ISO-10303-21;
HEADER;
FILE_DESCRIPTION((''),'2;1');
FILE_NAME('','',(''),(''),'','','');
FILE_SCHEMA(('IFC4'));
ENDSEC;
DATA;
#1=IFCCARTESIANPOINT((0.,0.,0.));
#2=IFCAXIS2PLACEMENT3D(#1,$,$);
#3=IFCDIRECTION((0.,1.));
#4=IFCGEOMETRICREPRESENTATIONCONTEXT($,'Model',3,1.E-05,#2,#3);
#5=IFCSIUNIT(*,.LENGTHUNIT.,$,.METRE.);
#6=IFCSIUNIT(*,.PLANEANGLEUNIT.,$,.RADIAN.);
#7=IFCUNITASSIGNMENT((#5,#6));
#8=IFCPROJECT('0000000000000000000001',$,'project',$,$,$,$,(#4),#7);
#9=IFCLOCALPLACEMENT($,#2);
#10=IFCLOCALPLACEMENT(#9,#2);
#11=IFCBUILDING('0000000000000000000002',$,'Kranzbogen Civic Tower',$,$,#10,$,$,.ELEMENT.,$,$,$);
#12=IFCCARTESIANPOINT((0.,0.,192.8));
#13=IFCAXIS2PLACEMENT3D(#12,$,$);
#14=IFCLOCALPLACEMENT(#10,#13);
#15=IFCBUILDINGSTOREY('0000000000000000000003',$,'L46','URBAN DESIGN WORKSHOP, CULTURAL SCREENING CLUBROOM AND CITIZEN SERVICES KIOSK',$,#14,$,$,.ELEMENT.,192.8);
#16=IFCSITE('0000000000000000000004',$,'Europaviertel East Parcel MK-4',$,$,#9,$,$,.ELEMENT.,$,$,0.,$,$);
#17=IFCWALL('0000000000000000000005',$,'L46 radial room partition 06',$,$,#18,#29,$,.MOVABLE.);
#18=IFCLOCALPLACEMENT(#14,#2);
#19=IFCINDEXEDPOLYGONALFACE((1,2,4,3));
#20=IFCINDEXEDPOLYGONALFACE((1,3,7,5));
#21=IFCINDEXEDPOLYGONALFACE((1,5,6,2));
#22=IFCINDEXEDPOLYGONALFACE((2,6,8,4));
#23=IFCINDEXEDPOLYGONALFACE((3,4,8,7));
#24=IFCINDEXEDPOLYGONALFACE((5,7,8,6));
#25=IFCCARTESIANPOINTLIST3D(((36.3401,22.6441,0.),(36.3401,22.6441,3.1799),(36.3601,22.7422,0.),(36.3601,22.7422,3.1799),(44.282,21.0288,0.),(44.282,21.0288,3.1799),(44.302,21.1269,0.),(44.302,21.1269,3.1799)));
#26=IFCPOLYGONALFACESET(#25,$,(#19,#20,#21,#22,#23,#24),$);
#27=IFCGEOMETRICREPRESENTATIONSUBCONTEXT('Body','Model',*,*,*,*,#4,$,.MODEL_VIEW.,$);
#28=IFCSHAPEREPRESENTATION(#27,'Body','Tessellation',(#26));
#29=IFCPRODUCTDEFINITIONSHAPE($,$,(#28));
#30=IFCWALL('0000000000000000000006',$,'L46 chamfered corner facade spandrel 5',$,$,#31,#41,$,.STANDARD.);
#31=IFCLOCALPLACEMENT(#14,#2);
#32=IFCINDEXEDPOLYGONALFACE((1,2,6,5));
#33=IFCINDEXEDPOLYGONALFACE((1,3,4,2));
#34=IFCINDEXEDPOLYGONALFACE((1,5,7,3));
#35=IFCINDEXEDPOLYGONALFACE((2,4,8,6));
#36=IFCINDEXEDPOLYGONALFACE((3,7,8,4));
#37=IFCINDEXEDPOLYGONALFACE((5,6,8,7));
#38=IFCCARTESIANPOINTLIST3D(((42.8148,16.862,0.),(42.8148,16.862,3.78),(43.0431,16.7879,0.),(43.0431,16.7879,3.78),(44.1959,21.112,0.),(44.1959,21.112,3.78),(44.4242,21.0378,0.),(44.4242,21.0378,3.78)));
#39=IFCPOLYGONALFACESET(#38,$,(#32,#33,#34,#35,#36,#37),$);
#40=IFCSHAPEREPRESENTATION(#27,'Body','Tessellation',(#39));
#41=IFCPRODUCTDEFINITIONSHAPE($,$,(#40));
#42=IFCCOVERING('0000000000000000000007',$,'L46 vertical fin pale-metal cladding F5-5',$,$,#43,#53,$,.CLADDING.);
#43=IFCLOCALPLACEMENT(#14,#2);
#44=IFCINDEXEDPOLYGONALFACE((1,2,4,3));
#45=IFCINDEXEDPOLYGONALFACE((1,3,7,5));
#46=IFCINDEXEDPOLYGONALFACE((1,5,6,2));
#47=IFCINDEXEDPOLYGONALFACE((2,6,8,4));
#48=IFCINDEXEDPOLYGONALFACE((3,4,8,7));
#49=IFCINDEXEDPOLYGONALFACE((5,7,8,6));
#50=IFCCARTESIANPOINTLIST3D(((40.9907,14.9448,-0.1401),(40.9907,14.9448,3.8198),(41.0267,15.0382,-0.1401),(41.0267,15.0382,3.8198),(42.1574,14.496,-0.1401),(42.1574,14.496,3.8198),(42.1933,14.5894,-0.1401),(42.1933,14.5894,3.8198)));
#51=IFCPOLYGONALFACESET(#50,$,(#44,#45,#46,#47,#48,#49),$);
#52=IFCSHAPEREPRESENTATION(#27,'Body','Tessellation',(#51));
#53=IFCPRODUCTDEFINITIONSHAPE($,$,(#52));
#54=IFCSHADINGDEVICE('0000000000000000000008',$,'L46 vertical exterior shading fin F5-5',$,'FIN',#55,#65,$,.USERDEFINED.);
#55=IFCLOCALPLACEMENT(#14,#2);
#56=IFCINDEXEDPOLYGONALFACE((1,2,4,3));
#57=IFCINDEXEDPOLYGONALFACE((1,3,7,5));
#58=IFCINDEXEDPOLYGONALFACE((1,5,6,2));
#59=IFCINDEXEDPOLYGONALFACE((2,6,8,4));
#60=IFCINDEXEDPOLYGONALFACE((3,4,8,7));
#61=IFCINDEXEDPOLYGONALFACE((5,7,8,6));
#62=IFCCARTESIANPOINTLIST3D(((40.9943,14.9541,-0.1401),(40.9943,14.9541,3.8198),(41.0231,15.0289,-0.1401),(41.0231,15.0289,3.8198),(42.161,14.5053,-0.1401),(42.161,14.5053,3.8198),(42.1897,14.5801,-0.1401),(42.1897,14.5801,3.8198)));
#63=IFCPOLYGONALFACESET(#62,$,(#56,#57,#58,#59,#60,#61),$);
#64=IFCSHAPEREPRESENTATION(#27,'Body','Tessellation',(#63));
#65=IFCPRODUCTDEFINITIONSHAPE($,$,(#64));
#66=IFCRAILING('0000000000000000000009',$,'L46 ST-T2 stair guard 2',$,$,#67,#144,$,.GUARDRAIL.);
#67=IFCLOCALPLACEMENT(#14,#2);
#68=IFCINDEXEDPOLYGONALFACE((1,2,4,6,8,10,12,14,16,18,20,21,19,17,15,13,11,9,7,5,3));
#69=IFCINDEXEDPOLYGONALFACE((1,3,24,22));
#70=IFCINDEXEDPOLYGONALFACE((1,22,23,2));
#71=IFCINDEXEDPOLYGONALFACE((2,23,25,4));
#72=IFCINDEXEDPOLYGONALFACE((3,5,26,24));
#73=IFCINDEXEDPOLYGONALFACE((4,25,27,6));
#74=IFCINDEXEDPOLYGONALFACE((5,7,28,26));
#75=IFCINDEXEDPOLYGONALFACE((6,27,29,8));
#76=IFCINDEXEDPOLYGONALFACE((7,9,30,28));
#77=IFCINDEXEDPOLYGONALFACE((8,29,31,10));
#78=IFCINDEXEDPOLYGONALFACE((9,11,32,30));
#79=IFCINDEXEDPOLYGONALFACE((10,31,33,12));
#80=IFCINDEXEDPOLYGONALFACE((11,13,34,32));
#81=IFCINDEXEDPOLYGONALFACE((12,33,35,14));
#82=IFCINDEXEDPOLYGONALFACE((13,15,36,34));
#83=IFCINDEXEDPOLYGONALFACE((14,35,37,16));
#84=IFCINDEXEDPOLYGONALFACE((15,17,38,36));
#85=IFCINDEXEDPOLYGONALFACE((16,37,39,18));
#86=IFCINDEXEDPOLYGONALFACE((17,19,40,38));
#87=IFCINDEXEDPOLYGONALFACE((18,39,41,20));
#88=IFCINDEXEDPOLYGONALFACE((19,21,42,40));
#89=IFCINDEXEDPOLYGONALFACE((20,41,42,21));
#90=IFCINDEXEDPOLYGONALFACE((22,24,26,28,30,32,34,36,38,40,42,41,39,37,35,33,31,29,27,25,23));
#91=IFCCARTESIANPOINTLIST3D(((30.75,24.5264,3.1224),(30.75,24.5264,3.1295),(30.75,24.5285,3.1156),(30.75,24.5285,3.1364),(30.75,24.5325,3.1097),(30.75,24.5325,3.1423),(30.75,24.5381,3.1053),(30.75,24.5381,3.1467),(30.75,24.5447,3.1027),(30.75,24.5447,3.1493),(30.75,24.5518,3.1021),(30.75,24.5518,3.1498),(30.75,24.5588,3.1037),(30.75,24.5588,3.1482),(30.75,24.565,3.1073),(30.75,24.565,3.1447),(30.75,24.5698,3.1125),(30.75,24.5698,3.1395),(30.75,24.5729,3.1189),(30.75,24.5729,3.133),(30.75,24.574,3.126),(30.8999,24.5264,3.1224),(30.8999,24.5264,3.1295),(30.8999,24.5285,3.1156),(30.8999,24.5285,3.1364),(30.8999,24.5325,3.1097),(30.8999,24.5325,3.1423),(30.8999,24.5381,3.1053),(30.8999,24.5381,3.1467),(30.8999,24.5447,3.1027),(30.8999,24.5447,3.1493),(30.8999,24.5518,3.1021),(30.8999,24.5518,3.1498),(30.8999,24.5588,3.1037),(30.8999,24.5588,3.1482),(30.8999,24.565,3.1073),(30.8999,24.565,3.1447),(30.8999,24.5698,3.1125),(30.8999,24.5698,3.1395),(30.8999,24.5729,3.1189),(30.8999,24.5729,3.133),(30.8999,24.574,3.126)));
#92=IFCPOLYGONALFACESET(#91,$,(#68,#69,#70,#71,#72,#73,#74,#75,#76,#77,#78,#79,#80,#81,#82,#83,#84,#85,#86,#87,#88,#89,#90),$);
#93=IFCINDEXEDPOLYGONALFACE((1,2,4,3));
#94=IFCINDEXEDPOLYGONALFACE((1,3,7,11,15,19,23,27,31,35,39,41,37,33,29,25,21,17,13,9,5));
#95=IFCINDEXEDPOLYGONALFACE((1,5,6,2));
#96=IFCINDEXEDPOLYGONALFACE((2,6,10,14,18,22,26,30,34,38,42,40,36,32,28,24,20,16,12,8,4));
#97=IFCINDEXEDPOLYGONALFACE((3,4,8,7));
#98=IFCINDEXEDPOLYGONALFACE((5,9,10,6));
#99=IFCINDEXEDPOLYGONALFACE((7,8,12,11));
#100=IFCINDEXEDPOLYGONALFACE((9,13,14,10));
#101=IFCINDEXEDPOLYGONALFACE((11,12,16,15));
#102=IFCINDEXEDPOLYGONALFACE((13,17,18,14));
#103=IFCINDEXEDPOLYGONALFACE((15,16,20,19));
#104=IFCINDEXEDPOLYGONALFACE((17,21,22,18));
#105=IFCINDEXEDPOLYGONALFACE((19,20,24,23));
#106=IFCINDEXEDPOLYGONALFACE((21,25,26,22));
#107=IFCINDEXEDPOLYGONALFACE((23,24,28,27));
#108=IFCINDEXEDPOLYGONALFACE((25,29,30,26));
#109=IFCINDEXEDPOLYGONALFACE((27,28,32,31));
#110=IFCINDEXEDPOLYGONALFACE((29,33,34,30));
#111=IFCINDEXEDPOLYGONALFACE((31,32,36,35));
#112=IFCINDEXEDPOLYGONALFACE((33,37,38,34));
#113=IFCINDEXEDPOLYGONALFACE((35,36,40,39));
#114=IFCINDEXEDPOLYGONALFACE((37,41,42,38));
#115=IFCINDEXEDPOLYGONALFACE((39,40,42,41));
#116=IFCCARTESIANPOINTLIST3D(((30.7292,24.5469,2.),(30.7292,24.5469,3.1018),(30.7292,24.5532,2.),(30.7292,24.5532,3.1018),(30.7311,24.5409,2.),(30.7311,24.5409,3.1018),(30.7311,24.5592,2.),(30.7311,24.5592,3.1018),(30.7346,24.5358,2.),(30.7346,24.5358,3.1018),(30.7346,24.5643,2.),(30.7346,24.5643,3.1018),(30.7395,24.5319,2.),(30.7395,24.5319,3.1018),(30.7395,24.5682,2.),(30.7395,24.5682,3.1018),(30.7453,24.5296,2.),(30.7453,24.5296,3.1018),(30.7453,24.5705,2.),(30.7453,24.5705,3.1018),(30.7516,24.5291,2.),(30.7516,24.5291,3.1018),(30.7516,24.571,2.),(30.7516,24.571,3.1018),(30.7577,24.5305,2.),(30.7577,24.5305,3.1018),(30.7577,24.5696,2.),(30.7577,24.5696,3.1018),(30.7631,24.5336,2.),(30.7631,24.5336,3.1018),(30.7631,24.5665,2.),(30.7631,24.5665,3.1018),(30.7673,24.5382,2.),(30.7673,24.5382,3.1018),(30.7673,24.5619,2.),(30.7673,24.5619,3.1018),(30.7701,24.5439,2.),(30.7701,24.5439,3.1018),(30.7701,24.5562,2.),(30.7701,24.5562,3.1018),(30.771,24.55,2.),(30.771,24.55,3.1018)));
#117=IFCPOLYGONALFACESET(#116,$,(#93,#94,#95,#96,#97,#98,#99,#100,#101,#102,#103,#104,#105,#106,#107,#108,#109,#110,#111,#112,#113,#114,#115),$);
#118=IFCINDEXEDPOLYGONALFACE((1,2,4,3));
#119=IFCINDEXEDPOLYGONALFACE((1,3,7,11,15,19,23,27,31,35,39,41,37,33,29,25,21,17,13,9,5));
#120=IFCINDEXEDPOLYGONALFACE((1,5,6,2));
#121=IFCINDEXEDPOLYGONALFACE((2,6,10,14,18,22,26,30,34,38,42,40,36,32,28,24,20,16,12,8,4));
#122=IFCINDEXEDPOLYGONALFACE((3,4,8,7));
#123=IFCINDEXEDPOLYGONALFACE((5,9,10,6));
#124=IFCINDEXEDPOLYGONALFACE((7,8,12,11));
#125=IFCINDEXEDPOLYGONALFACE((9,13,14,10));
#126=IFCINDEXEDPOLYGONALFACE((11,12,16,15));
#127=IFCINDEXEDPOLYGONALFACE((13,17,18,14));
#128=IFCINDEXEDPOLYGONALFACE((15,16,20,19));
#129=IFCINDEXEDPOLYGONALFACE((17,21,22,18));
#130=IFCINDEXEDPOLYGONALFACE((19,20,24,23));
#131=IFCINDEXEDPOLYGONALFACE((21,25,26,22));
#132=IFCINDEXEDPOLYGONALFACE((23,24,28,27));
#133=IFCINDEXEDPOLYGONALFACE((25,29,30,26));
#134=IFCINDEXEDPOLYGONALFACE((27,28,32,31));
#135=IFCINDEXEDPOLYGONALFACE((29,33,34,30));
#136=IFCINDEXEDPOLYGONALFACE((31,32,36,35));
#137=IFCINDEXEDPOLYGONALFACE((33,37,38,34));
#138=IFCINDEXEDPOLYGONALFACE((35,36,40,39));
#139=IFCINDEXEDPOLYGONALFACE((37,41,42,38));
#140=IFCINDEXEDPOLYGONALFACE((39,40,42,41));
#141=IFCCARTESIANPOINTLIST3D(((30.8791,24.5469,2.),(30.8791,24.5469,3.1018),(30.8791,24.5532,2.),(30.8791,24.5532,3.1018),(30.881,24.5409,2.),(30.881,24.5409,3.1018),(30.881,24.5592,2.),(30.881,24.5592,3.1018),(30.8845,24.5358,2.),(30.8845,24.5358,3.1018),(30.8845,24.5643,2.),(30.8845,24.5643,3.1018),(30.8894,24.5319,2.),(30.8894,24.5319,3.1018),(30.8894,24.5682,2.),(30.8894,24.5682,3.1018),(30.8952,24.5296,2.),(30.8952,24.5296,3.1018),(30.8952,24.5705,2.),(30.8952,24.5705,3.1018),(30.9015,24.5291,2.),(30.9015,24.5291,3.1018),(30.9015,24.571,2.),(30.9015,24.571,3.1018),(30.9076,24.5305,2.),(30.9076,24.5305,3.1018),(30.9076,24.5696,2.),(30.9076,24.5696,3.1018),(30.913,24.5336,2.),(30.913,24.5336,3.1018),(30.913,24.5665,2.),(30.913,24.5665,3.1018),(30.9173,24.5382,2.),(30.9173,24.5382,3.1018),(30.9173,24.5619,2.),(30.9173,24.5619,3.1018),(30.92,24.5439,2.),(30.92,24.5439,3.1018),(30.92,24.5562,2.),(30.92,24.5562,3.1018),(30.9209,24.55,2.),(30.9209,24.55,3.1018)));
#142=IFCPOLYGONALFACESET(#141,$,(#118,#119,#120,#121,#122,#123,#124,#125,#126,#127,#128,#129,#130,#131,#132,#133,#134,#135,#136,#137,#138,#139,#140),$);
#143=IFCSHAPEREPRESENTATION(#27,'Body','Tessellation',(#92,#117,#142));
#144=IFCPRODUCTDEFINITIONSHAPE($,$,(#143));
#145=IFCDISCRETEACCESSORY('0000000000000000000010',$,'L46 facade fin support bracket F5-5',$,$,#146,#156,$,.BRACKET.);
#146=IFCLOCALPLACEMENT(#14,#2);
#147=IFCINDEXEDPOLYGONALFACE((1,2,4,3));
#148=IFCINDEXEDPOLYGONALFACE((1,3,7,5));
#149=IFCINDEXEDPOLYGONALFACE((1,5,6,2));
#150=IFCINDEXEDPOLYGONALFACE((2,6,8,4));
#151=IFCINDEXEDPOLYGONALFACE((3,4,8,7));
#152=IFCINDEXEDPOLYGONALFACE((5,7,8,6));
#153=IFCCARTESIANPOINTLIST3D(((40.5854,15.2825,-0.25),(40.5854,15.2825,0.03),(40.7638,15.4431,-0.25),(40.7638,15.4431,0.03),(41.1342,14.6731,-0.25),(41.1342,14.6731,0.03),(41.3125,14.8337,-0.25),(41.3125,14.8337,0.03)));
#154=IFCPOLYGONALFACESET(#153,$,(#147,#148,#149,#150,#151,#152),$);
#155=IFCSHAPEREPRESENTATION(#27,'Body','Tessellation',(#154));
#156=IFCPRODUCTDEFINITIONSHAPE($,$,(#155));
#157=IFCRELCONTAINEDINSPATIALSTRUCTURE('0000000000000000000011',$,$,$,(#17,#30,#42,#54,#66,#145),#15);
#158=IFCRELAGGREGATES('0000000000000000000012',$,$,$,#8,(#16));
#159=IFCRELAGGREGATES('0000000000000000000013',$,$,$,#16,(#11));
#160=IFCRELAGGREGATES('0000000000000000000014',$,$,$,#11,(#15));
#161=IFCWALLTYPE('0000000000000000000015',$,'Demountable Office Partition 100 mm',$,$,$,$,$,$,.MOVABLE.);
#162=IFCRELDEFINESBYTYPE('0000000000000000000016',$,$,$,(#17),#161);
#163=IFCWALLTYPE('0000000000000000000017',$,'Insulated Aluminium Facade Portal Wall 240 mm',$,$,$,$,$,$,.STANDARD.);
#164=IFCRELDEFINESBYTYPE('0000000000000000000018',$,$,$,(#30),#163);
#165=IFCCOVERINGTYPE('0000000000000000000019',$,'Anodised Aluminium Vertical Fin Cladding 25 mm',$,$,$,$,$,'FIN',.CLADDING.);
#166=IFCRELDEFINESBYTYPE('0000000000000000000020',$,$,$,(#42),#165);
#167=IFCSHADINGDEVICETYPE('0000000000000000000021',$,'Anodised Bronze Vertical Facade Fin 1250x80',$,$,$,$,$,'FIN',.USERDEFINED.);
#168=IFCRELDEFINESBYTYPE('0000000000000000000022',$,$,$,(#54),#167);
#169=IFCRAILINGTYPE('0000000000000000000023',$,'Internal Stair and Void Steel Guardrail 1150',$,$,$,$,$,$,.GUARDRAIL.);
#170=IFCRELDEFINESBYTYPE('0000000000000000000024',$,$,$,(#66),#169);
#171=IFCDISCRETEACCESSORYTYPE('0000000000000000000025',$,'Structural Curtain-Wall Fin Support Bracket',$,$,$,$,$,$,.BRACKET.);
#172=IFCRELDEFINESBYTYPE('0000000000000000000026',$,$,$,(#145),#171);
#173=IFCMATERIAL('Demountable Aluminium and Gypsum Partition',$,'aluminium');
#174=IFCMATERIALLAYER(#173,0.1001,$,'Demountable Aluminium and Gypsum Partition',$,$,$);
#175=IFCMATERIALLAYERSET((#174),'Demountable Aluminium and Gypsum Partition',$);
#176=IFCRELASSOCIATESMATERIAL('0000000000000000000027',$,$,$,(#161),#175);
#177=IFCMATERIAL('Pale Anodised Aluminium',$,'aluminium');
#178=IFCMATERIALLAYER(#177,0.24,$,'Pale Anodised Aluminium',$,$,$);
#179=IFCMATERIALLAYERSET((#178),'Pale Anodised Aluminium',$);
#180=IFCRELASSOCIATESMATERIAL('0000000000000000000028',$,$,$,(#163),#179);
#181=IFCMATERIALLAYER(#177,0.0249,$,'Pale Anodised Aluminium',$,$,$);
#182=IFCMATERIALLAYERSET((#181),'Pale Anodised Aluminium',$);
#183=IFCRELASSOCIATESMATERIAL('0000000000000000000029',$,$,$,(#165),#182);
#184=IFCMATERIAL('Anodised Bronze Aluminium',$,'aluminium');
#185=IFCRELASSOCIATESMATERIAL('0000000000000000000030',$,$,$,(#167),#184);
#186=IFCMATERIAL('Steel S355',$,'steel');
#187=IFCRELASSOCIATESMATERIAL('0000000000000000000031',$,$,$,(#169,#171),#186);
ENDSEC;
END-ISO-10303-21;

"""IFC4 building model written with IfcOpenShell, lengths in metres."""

from ifc_helpers import new_model, si_unit, direction, frame, frame_2d, origin, origin_2d, place, context, subcontext, project, spatial, rectangle, circle, extrude, material, layer, layer_set, type_object, element, save


model = new_model("IFC4")

# Units and contexts
model_context = context("Model", 3, precision=1e-05, world=origin(), true_north=direction((0.0, 1.0)))
body_context = subcontext(model_context, "Body", "Model", "MODEL_VIEW")
ifc_project = project(units=[si_unit("LENGTHUNIT", "METRE"), si_unit("PLANEANGLEUNIT", "RADIAN")], contexts=[model_context])

# Site, building, storey
site_placement = place(None, origin())
site = spatial("IfcSite", under=ifc_project, at=site_placement, Name="Europaviertel East Parcel MK-4", CompositionType="ELEMENT", RefElevation=0.0)
building_placement = place(site_placement, origin())
building = spatial("IfcBuilding", under=site, at=building_placement, Name="Kranzbogen Civic Tower", CompositionType="ELEMENT")
storey_placement = place(building_placement, frame((0.0, 0.0, 192.8)))
storey = spatial("IfcBuildingStorey", under=building, at=storey_placement, Name="L46", Description="URBAN DESIGN WORKSHOP, CULTURAL SCREENING CLUBROOM AND CITIZEN SERVICES KIOSK", CompositionType="ELEMENT", Elevation=192.8)

# Shared definitions
ifc_material_1 = material(Name="Steel S355", Category="steel")

# Shared definitions
ifc_material_2 = material(Name="Pale Anodised Aluminium", Category="aluminium")

# Walls
ifc_material_3 = material(Name="Demountable Aluminium and Gypsum Partition", Category="aluminium")
ifc_layer_1 = layer(ifc_material_3, 0.1001, Name="Demountable Aluminium and Gypsum Partition")
ifc_layer_set_1 = layer_set([ifc_layer_1], Name="Demountable Aluminium and Gypsum Partition")
wall_type_1 = type_object("IfcWallType", Name="Demountable Office Partition 100 mm", PredefinedType="MOVABLE", material=ifc_layer_set_1)
wall_1_placement = place(storey_placement, frame((36.3501, 22.6931, 0.0), z_axis=(0.0, 0.0, 1.0), x_axis=(0.979938, -0.199301, 0.0)))
element("IfcWall", 1, at=wall_1_placement, inside=storey, type_object=wall_type_1, Name="L46 radial room partition 06", PredefinedType="MOVABLE", context=body_context, shape_type="SweptSolid", body=[
    extrude(rectangle(XDim=8.1045, YDim=0.1001, at=frame_2d((4.0522, 0.0))), origin(), (0.0, 0.0, 1.0), 3.1799),
])
ifc_layer_2 = layer(ifc_material_2, 0.24, Name="Pale Anodised Aluminium")
ifc_layer_set_2 = layer_set([ifc_layer_2], Name="Pale Anodised Aluminium")
wall_type_2 = type_object("IfcWallType", Name="Insulated Aluminium Facade Portal Wall 240 mm", PredefinedType="STANDARD", material=ifc_layer_set_2)
wall_2_placement = place(storey_placement, frame((42.929, 16.825, 0.0), z_axis=(0.0, 0.0, 1.0), x_axis=(0.309056, 0.951044, 0.0)))
element("IfcWall", 2, at=wall_2_placement, inside=storey, type_object=wall_type_2, Name="L46 chamfered corner facade spandrel 5", PredefinedType="STANDARD", context=body_context, shape_type="SweptSolid", body=[
    extrude(rectangle(XDim=4.4688, YDim=0.24, at=frame_2d((2.2344, 0.0))), origin(), (0.0, 0.0, 1.0), 3.78),
])

# Covering
ifc_layer_3 = layer(ifc_material_2, 0.0249, Name="Pale Anodised Aluminium")
ifc_layer_set_3 = layer_set([ifc_layer_3], Name="Pale Anodised Aluminium")
covering_type = type_object("IfcCoveringType", Name="Anodised Aluminium Vertical Fin Cladding 25 mm", ElementType="FIN", PredefinedType="CLADDING", material=ifc_layer_set_3)
covering_placement = place(storey_placement, frame((41.592, 14.7671, -0.1401), z_axis=(0.0, 0.0, 1.0), x_axis=(0.933324, -0.359036, 0.0)))
element("IfcCovering", 3, at=covering_placement, inside=storey, type_object=covering_type, Name="L46 vertical fin pale-metal cladding F5-5", PredefinedType="CLADDING", context=body_context, shape_type="SweptSolid", body=[
    extrude(rectangle(XDim=1.25, YDim=0.1001, at=origin_2d()), origin(), (0.0, 0.0, 1.0), 3.96),
])

# Shading device
ifc_material_4 = material(Name="Anodised Bronze Aluminium", Category="aluminium")
shading_device_type = type_object("IfcShadingDeviceType", Name="Anodised Bronze Vertical Facade Fin 1250x80", ElementType="FIN", PredefinedType="USERDEFINED", material=ifc_material_4)
shading_device_placement = place(storey_placement, frame((41.592, 14.7671, -0.1401), z_axis=(0.0, 0.0, 1.0), x_axis=(0.933324, -0.359036, 0.0)))
element("IfcShadingDevice", 4, at=shading_device_placement, inside=storey, type_object=shading_device_type, Name="L46 vertical exterior shading fin F5-5", ObjectType="FIN", PredefinedType="USERDEFINED", context=body_context, shape_type="SweptSolid", body=[
    extrude(rectangle(XDim=1.25, YDim=0.0801, at=origin_2d()), origin(), (0.0, 0.0, 1.0), 3.96),
])

# Railing
railing_type = type_object("IfcRailingType", Name="Internal Stair and Void Steel Guardrail 1150", PredefinedType="GUARDRAIL", material=ifc_material_1)
railing_placement = place(storey_placement, frame((30.75, 24.55, 2.0)))
element("IfcRailing", 5, at=railing_placement, inside=storey, type_object=railing_type, Name="L46 ST-T2 stair guard 2", PredefinedType="GUARDRAIL", context=body_context, shape_type="SweptSolid", body=[
    extrude(circle(Radius=0.0239, at=origin_2d()), frame((0.0, 0.0, 1.126), z_axis=(1.0, 0.0, 0.0), x_axis=(0.0, 1.0, 0.0)), (0.0, 0.0, 1.0), 0.1499),
    extrude(circle(Radius=0.021, at=origin_2d()), origin(), (0.0, 0.0, 1.0), 1.1018),
    extrude(circle(Radius=0.021, at=origin_2d()), frame((0.1499, 0.0, 0.0)), (0.0, 0.0, 1.0), 1.1018),
])

# Discrete accessory
discrete_accessory_type = type_object("IfcDiscreteAccessoryType", Name="Structural Curtain-Wall Fin Support Bracket", PredefinedType="BRACKET", material=ifc_material_1)
discrete_accessory_placement = place(storey_placement, frame((40.949, 15.0581, -0.25), z_axis=(0.0, 0.0, 1.0), x_axis=(0.669131, -0.743145, 0.0)))
element("IfcDiscreteAccessory", 6, at=discrete_accessory_placement, inside=storey, type_object=discrete_accessory_type, Name="L46 facade fin support bracket F5-5", PredefinedType="BRACKET", context=body_context, shape_type="SweptSolid", body=[
    extrude(rectangle(XDim=0.8201, YDim=0.24, at=origin_2d()), origin(), (0.0, 0.0, 1.0), 0.28),
])

save(model, "model.ifc")
